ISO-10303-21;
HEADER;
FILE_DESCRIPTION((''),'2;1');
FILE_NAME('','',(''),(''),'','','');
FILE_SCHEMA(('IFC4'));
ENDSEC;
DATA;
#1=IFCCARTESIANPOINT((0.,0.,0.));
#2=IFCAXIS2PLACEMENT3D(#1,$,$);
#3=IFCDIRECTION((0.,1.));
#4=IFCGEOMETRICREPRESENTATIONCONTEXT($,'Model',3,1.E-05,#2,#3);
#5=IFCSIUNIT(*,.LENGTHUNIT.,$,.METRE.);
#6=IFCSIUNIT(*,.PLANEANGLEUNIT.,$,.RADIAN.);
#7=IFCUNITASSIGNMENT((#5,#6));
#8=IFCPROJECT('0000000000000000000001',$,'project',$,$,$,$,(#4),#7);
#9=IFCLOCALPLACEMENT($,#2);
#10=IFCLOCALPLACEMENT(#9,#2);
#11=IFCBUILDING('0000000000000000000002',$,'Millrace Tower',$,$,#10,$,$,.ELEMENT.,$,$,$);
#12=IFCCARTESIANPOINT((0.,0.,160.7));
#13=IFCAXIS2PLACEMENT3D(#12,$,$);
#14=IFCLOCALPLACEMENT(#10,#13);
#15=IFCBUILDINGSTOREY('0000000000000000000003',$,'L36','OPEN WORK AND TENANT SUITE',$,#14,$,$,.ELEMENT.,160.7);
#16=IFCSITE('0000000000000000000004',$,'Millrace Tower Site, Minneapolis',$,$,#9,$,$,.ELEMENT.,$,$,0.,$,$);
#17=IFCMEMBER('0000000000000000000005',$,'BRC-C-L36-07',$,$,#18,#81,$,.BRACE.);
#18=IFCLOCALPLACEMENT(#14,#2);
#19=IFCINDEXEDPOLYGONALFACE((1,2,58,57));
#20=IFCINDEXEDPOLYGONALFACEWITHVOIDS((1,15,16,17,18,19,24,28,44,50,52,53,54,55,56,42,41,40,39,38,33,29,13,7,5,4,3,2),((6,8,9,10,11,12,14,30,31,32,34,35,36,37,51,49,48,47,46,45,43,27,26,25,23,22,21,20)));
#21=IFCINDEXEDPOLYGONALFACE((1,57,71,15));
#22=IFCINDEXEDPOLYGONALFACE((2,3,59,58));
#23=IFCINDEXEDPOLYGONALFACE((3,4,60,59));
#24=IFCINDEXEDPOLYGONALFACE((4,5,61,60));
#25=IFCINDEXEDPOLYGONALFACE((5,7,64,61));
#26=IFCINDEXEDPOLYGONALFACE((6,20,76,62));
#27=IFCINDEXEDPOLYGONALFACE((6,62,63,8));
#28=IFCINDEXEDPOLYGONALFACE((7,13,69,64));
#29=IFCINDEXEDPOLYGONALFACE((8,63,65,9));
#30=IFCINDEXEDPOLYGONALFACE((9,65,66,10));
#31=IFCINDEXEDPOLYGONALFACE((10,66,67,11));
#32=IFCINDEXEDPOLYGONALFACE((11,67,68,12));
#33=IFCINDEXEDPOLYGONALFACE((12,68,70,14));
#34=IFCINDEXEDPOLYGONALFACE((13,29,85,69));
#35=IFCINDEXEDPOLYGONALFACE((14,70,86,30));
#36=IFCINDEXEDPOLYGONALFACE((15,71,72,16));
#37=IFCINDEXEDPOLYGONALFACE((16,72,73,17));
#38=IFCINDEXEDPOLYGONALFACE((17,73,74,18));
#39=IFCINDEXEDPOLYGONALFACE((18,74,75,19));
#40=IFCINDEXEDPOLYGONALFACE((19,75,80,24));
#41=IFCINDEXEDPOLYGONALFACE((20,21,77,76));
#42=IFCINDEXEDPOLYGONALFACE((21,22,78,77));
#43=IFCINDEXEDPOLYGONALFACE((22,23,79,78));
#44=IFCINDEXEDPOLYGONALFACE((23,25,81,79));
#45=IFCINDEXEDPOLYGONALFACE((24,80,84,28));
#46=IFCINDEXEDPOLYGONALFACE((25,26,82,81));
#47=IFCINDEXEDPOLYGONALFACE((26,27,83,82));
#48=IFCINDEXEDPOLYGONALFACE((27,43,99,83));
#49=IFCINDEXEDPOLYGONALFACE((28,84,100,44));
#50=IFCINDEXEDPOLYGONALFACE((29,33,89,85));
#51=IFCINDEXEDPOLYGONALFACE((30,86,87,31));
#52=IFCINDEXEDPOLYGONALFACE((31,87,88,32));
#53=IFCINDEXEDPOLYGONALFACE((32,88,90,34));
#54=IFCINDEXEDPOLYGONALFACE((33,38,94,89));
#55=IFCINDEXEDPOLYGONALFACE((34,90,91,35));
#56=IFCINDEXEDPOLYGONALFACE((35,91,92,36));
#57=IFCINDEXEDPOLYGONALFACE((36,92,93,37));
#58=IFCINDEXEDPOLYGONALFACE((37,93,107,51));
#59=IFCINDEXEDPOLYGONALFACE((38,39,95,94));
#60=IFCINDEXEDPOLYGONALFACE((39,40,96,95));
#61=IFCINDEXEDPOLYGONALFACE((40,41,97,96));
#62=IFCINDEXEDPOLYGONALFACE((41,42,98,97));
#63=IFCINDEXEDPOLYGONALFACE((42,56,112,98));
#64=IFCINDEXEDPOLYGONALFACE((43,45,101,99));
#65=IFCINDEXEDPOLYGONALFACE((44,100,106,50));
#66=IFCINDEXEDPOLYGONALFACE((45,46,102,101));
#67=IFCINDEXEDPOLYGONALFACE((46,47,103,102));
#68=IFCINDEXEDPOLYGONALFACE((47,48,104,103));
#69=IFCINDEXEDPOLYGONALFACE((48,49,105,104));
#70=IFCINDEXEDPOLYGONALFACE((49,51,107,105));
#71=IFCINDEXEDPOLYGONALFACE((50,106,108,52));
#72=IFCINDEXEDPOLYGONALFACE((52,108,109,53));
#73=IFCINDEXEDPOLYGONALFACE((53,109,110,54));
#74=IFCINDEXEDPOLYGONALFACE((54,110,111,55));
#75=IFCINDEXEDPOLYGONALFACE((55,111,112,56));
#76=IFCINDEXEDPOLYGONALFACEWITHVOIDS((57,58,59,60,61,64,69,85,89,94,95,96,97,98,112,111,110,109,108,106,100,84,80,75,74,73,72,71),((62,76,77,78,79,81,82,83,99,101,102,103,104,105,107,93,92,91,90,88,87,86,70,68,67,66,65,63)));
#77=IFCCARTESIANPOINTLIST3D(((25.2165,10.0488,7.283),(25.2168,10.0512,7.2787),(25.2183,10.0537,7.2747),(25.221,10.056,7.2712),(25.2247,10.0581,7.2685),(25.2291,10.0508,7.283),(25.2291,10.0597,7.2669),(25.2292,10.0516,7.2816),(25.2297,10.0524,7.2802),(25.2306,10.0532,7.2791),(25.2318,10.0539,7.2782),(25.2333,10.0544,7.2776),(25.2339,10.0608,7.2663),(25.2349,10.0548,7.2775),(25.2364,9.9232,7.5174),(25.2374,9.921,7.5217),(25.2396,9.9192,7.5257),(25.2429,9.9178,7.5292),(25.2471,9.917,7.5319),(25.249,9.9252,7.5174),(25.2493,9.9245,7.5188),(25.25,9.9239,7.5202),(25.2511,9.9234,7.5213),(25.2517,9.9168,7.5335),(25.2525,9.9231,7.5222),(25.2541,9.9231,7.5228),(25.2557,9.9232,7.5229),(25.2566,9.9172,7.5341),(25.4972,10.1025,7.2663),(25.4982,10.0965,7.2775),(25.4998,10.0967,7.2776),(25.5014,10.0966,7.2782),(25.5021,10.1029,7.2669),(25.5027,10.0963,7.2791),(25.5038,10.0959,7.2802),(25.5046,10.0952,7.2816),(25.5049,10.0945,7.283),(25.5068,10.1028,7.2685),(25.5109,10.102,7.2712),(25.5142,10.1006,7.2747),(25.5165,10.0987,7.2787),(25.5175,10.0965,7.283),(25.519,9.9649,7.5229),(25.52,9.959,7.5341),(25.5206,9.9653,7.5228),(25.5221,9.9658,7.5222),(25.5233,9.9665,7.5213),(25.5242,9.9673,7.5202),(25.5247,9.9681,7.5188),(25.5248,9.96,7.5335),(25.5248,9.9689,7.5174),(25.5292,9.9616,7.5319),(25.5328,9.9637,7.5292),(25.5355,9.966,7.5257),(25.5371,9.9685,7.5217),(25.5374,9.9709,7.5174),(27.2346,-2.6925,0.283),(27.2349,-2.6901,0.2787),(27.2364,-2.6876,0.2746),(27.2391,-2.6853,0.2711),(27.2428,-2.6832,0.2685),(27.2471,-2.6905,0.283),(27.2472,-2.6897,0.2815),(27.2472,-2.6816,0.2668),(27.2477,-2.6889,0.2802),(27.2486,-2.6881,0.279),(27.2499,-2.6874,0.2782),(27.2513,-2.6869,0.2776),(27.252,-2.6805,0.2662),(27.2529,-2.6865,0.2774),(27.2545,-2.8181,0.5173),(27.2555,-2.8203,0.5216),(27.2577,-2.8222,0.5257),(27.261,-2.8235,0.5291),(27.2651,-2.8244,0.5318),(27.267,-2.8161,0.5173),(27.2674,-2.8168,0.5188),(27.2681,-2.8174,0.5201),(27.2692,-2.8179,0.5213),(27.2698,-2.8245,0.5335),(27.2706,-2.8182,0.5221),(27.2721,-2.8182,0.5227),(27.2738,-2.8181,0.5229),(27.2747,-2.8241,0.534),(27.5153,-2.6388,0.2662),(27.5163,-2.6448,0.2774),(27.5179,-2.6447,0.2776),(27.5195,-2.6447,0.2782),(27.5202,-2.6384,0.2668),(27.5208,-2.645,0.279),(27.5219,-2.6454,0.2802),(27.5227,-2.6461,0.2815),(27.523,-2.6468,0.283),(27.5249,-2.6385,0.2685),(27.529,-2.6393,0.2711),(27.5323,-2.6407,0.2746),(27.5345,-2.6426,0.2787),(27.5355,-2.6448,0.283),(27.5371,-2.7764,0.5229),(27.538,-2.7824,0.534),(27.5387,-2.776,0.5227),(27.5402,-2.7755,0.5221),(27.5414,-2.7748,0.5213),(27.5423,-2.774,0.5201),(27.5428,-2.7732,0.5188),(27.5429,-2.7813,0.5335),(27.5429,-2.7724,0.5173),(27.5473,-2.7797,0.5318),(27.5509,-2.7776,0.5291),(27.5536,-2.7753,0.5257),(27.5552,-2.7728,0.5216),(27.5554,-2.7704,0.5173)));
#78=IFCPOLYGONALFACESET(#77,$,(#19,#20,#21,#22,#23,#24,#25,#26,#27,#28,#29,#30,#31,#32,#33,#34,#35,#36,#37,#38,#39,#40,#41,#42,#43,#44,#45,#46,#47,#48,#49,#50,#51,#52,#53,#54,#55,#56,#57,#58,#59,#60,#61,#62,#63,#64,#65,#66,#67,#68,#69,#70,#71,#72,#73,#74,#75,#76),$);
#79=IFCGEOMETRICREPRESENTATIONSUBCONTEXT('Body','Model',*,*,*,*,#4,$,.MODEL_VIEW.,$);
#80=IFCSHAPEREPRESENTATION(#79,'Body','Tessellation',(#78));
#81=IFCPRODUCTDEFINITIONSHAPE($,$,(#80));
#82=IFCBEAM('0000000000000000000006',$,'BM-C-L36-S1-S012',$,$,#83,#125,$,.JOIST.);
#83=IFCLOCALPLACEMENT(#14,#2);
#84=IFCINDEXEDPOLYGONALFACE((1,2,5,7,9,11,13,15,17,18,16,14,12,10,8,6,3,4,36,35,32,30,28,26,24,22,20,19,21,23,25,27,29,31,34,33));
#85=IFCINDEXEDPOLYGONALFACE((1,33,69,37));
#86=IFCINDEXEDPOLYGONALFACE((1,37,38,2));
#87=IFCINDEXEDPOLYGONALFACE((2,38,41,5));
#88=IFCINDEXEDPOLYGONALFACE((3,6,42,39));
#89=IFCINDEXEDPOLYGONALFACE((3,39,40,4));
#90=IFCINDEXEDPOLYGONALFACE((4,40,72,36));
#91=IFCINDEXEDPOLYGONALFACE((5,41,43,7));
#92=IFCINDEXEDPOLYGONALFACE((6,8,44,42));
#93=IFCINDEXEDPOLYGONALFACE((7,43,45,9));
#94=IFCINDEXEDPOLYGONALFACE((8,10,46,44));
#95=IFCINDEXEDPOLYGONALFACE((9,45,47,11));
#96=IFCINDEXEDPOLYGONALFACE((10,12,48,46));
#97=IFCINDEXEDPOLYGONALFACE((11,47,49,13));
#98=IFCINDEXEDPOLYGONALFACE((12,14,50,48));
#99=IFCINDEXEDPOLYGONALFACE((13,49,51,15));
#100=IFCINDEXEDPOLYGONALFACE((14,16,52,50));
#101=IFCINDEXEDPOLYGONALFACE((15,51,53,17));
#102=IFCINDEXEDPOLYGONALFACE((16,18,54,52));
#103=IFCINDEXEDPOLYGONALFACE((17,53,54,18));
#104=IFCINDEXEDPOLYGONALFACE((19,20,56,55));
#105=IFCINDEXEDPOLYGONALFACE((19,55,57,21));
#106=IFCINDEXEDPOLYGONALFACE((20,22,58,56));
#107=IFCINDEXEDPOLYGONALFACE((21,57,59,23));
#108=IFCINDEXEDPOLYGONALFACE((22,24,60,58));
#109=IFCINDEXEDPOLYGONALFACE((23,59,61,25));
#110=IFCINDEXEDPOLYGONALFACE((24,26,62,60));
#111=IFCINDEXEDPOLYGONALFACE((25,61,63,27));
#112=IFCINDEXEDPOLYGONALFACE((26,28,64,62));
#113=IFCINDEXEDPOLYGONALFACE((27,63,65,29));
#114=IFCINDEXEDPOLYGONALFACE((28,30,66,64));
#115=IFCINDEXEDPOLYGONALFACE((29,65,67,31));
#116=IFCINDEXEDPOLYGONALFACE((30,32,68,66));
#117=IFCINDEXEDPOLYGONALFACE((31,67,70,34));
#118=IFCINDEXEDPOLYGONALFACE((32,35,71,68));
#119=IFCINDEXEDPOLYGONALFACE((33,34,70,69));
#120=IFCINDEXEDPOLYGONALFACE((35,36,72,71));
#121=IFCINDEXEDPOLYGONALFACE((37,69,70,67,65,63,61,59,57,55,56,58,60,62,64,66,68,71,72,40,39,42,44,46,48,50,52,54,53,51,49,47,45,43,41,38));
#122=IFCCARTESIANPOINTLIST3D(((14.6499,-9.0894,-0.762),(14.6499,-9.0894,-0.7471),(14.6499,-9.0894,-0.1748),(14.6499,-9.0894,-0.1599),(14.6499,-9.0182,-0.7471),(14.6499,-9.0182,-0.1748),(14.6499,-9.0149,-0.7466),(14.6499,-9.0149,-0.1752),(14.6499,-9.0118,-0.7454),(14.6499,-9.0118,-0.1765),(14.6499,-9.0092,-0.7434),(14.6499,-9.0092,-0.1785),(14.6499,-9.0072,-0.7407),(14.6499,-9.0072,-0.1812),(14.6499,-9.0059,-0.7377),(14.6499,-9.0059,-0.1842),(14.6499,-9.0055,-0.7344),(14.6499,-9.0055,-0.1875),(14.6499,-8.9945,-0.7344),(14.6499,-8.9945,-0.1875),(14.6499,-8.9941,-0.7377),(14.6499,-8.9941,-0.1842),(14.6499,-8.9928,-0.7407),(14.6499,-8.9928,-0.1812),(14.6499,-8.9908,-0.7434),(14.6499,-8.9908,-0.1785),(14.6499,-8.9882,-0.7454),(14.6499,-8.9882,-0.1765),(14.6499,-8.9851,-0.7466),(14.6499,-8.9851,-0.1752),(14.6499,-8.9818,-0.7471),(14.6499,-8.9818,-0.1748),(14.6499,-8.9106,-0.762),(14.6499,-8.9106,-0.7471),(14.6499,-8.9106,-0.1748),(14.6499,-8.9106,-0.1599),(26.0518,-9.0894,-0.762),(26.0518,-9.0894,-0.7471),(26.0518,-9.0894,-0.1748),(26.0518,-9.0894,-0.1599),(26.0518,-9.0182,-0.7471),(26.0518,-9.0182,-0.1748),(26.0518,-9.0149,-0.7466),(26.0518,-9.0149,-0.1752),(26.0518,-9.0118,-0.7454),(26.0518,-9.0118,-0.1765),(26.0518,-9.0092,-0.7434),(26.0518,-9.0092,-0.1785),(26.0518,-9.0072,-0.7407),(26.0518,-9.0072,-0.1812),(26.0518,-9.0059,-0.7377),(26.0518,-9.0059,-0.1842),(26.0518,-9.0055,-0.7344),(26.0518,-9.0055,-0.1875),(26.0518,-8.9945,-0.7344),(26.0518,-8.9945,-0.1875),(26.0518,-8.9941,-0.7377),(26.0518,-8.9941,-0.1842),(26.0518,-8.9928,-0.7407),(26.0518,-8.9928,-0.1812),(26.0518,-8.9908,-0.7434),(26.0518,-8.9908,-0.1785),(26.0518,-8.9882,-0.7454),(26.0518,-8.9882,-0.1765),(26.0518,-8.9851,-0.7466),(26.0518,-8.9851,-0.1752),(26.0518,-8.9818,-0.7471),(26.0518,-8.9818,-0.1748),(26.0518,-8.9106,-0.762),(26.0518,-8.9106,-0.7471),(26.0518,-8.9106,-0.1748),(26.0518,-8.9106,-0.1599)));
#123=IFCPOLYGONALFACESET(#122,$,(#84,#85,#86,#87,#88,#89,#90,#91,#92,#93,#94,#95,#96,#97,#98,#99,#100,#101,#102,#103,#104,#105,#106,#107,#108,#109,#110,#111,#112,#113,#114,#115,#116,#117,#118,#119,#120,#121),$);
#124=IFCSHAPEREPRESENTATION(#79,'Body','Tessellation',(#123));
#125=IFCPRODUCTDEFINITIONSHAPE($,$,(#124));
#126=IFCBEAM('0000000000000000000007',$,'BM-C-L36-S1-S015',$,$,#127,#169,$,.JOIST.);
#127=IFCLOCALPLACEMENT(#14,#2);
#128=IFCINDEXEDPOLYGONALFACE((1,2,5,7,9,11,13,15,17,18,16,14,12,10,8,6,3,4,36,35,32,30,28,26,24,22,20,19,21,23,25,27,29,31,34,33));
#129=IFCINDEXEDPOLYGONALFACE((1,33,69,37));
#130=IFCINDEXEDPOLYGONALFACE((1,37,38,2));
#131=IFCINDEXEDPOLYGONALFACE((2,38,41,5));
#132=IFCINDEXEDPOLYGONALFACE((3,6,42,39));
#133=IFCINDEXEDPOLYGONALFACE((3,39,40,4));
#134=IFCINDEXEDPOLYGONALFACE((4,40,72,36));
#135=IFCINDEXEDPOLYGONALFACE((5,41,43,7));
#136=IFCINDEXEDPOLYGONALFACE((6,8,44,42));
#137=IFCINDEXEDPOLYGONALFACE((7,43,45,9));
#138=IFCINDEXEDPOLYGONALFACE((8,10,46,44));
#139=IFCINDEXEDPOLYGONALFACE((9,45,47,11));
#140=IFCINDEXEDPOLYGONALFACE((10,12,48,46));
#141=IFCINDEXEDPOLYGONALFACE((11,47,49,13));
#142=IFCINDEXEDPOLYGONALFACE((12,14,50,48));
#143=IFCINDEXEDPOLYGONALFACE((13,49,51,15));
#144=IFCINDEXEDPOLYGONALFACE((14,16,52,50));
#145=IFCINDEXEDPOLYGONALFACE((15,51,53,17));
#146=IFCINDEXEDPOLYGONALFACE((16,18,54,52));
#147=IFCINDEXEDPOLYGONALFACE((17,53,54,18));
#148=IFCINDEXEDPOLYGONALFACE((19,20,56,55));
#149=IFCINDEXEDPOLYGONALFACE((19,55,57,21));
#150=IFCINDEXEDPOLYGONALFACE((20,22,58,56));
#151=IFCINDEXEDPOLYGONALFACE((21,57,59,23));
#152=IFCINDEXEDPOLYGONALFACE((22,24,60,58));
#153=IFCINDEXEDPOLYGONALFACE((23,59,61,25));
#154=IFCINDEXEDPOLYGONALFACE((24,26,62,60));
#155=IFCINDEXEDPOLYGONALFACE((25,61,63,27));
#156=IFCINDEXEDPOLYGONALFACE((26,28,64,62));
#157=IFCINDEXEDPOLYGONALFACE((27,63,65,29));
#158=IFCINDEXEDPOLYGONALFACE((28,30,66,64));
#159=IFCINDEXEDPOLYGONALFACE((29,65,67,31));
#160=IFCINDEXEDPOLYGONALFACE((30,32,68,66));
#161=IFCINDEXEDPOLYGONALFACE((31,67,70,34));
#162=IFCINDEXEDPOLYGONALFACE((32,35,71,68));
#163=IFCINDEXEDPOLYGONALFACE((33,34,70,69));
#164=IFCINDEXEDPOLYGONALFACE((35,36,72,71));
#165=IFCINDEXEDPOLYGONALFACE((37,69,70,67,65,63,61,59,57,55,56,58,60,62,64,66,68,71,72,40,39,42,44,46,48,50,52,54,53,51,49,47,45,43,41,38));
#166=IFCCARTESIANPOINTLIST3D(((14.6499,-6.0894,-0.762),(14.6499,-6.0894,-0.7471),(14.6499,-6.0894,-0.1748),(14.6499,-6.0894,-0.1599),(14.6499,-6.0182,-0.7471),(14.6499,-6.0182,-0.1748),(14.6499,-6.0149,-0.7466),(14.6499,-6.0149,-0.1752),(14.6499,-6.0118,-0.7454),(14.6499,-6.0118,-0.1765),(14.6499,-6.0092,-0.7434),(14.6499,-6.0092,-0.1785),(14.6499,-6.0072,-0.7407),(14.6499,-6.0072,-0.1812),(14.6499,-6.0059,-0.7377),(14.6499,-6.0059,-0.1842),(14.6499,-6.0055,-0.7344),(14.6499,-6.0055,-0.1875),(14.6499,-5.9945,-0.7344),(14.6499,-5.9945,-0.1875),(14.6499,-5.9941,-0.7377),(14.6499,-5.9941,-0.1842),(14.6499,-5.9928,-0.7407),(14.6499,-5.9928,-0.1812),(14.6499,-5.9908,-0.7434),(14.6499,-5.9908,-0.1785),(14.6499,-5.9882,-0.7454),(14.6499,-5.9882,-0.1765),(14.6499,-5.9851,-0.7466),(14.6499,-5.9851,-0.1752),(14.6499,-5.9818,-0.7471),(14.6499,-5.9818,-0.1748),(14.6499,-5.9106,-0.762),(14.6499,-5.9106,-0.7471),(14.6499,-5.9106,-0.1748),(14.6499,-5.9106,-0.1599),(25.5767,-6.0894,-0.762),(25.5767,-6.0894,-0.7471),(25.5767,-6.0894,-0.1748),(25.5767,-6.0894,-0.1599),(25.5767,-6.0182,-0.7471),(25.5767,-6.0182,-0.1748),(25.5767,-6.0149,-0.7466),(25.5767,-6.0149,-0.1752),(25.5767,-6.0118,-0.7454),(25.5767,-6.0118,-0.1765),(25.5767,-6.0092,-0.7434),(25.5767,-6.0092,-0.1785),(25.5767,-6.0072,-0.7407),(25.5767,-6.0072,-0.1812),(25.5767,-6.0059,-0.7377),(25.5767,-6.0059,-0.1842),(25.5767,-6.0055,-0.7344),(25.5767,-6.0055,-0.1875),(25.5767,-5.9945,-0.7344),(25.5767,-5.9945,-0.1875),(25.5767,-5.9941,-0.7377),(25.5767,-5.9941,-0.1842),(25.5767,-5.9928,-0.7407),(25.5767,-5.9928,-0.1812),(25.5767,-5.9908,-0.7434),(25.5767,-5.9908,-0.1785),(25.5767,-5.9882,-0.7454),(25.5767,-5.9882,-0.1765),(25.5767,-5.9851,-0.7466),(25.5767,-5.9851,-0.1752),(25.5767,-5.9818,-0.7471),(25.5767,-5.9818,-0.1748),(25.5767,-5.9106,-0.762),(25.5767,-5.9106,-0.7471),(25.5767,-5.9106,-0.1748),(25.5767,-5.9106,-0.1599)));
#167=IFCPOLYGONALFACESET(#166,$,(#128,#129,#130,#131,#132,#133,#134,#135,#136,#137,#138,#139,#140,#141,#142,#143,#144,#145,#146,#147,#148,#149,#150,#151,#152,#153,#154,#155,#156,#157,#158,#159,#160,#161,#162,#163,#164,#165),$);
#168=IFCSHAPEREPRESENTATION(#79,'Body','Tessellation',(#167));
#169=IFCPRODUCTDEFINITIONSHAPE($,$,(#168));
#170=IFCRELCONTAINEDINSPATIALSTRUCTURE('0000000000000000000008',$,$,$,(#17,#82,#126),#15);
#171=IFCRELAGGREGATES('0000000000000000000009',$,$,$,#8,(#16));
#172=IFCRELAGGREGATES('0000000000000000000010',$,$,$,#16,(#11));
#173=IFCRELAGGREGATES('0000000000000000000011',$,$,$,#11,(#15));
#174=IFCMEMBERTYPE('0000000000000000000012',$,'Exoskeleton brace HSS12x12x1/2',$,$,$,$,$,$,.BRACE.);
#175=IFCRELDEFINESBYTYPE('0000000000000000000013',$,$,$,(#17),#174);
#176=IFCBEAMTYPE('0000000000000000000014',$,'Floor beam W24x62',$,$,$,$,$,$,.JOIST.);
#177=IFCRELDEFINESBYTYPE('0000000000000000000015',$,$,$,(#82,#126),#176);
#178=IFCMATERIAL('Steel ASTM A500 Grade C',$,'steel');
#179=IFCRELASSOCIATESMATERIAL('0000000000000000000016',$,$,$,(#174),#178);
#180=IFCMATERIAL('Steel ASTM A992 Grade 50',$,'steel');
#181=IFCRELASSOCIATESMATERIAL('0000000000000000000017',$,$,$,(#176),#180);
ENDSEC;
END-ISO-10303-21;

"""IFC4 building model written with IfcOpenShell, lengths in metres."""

from ifc_helpers import new_model, si_unit, direction, frame, origin, origin_2d, place, context, subcontext, project, spatial, hollow_rectangle, i_section, extrude, material, material_profile, profile_set, type_object, element, save


model = new_model("IFC4")

# Units and contexts
model_context = context("Model", 3, precision=1e-05, world=origin(), true_north=direction((0.0, 1.0)))
body_context = subcontext(model_context, "Body", "Model", "MODEL_VIEW")
ifc_project = project(units=[si_unit("LENGTHUNIT", "METRE"), si_unit("PLANEANGLEUNIT", "RADIAN")], contexts=[model_context])

# Site, building, storey
site_placement = place(None, origin())
site = spatial("IfcSite", under=ifc_project, at=site_placement, Name="Millrace Tower Site, Minneapolis", CompositionType="ELEMENT", RefElevation=0.0)
building_placement = place(site_placement, origin())
building = spatial("IfcBuilding", under=site, at=building_placement, Name="Millrace Tower", CompositionType="ELEMENT")
storey_placement = place(building_placement, frame((0.0, 0.0, 160.7)))
storey = spatial("IfcBuildingStorey", under=building, at=storey_placement, Name="L36", Description="OPEN WORK AND TENANT SUITE", CompositionType="ELEMENT", Elevation=160.7)

# Member
ifc_material_1 = material(Name="Steel ASTM A500 Grade C", Category="steel")
ifc_material_profile_1 = material_profile(ifc_material_1, hollow_rectangle(XDim=0.3047, YDim=0.3047, WallThickness=0.0127, InnerFilletRadius=0.0063, OuterFilletRadius=0.019, at=origin_2d()))
ifc_profile_set_1 = profile_set([ifc_material_profile_1], Name="Steel ASTM A500 Grade C")
member_type_1 = type_object("IfcMemberType", Name="Exoskeleton brace HSS12x12x1/2", PredefinedType="BRACE", material=ifc_profile_set_1)
member_1_placement = place(storey_placement, frame((27.395, -2.7314, 0.4001), z_axis=(-0.1375, 0.868114, 0.47694), x_axis=(-0.987688, -0.156439, 0.0)))
element("IfcMember", 1, at=member_1_placement, inside=storey, type_object=member_type_1, Name="BRC-C-L36-07", PredefinedType="BRACE", context=body_context, shape_type="SweptSolid", body=[
    extrude(hollow_rectangle(XDim=0.3047, YDim=0.3047, WallThickness=0.0127, InnerFilletRadius=0.0063, OuterFilletRadius=0.019, at=origin_2d()), origin(), (0.0, 0.0, 1.0), 14.677),
])

# Beams
ifc_material_2 = material(Name="Steel ASTM A992 Grade 50", Category="steel")
ifc_material_profile_2 = material_profile(ifc_material_2, i_section(OverallWidth=0.1787, OverallDepth=0.6021, WebThickness=0.011, FlangeThickness=0.0149, FilletRadius=0.0127, at=origin_2d()))
ifc_profile_set_2 = profile_set([ifc_material_profile_2], Name="Steel ASTM A992 Grade 50")
beam_type_1 = type_object("IfcBeamType", Name="Floor beam W24x62", PredefinedType="JOIST", material=ifc_profile_set_2)
beam_1_placement = place(storey_placement, frame((14.6499, -9.0, -0.4609), z_axis=(1.0, 0.0, 0.0), x_axis=(0.0, 1.0, 0.0)))
element("IfcBeam", 2, at=beam_1_placement, inside=storey, type_object=beam_type_1, Name="BM-C-L36-S1-S012", PredefinedType="JOIST", context=body_context, shape_type="SweptSolid", body=[
    extrude(i_section(OverallWidth=0.1787, OverallDepth=0.6021, WebThickness=0.011, FlangeThickness=0.0149, FilletRadius=0.0127, at=origin_2d()), origin(), (0.0, 0.0, 1.0), 11.4019),
])
beam_2_placement = place(storey_placement, frame((14.6499, -6.0, -0.4609), z_axis=(1.0, 0.0, 0.0), x_axis=(0.0, 1.0, 0.0)))
element("IfcBeam", 3, at=beam_2_placement, inside=storey, type_object=beam_type_1, Name="BM-C-L36-S1-S015", PredefinedType="JOIST", context=body_context, shape_type="SweptSolid", body=[
    extrude(i_section(OverallWidth=0.1787, OverallDepth=0.6021, WebThickness=0.011, FlangeThickness=0.0149, FilletRadius=0.0127, at=origin_2d()), origin(), (0.0, 0.0, 1.0), 10.9268),
])

save(model, "model.ifc")
